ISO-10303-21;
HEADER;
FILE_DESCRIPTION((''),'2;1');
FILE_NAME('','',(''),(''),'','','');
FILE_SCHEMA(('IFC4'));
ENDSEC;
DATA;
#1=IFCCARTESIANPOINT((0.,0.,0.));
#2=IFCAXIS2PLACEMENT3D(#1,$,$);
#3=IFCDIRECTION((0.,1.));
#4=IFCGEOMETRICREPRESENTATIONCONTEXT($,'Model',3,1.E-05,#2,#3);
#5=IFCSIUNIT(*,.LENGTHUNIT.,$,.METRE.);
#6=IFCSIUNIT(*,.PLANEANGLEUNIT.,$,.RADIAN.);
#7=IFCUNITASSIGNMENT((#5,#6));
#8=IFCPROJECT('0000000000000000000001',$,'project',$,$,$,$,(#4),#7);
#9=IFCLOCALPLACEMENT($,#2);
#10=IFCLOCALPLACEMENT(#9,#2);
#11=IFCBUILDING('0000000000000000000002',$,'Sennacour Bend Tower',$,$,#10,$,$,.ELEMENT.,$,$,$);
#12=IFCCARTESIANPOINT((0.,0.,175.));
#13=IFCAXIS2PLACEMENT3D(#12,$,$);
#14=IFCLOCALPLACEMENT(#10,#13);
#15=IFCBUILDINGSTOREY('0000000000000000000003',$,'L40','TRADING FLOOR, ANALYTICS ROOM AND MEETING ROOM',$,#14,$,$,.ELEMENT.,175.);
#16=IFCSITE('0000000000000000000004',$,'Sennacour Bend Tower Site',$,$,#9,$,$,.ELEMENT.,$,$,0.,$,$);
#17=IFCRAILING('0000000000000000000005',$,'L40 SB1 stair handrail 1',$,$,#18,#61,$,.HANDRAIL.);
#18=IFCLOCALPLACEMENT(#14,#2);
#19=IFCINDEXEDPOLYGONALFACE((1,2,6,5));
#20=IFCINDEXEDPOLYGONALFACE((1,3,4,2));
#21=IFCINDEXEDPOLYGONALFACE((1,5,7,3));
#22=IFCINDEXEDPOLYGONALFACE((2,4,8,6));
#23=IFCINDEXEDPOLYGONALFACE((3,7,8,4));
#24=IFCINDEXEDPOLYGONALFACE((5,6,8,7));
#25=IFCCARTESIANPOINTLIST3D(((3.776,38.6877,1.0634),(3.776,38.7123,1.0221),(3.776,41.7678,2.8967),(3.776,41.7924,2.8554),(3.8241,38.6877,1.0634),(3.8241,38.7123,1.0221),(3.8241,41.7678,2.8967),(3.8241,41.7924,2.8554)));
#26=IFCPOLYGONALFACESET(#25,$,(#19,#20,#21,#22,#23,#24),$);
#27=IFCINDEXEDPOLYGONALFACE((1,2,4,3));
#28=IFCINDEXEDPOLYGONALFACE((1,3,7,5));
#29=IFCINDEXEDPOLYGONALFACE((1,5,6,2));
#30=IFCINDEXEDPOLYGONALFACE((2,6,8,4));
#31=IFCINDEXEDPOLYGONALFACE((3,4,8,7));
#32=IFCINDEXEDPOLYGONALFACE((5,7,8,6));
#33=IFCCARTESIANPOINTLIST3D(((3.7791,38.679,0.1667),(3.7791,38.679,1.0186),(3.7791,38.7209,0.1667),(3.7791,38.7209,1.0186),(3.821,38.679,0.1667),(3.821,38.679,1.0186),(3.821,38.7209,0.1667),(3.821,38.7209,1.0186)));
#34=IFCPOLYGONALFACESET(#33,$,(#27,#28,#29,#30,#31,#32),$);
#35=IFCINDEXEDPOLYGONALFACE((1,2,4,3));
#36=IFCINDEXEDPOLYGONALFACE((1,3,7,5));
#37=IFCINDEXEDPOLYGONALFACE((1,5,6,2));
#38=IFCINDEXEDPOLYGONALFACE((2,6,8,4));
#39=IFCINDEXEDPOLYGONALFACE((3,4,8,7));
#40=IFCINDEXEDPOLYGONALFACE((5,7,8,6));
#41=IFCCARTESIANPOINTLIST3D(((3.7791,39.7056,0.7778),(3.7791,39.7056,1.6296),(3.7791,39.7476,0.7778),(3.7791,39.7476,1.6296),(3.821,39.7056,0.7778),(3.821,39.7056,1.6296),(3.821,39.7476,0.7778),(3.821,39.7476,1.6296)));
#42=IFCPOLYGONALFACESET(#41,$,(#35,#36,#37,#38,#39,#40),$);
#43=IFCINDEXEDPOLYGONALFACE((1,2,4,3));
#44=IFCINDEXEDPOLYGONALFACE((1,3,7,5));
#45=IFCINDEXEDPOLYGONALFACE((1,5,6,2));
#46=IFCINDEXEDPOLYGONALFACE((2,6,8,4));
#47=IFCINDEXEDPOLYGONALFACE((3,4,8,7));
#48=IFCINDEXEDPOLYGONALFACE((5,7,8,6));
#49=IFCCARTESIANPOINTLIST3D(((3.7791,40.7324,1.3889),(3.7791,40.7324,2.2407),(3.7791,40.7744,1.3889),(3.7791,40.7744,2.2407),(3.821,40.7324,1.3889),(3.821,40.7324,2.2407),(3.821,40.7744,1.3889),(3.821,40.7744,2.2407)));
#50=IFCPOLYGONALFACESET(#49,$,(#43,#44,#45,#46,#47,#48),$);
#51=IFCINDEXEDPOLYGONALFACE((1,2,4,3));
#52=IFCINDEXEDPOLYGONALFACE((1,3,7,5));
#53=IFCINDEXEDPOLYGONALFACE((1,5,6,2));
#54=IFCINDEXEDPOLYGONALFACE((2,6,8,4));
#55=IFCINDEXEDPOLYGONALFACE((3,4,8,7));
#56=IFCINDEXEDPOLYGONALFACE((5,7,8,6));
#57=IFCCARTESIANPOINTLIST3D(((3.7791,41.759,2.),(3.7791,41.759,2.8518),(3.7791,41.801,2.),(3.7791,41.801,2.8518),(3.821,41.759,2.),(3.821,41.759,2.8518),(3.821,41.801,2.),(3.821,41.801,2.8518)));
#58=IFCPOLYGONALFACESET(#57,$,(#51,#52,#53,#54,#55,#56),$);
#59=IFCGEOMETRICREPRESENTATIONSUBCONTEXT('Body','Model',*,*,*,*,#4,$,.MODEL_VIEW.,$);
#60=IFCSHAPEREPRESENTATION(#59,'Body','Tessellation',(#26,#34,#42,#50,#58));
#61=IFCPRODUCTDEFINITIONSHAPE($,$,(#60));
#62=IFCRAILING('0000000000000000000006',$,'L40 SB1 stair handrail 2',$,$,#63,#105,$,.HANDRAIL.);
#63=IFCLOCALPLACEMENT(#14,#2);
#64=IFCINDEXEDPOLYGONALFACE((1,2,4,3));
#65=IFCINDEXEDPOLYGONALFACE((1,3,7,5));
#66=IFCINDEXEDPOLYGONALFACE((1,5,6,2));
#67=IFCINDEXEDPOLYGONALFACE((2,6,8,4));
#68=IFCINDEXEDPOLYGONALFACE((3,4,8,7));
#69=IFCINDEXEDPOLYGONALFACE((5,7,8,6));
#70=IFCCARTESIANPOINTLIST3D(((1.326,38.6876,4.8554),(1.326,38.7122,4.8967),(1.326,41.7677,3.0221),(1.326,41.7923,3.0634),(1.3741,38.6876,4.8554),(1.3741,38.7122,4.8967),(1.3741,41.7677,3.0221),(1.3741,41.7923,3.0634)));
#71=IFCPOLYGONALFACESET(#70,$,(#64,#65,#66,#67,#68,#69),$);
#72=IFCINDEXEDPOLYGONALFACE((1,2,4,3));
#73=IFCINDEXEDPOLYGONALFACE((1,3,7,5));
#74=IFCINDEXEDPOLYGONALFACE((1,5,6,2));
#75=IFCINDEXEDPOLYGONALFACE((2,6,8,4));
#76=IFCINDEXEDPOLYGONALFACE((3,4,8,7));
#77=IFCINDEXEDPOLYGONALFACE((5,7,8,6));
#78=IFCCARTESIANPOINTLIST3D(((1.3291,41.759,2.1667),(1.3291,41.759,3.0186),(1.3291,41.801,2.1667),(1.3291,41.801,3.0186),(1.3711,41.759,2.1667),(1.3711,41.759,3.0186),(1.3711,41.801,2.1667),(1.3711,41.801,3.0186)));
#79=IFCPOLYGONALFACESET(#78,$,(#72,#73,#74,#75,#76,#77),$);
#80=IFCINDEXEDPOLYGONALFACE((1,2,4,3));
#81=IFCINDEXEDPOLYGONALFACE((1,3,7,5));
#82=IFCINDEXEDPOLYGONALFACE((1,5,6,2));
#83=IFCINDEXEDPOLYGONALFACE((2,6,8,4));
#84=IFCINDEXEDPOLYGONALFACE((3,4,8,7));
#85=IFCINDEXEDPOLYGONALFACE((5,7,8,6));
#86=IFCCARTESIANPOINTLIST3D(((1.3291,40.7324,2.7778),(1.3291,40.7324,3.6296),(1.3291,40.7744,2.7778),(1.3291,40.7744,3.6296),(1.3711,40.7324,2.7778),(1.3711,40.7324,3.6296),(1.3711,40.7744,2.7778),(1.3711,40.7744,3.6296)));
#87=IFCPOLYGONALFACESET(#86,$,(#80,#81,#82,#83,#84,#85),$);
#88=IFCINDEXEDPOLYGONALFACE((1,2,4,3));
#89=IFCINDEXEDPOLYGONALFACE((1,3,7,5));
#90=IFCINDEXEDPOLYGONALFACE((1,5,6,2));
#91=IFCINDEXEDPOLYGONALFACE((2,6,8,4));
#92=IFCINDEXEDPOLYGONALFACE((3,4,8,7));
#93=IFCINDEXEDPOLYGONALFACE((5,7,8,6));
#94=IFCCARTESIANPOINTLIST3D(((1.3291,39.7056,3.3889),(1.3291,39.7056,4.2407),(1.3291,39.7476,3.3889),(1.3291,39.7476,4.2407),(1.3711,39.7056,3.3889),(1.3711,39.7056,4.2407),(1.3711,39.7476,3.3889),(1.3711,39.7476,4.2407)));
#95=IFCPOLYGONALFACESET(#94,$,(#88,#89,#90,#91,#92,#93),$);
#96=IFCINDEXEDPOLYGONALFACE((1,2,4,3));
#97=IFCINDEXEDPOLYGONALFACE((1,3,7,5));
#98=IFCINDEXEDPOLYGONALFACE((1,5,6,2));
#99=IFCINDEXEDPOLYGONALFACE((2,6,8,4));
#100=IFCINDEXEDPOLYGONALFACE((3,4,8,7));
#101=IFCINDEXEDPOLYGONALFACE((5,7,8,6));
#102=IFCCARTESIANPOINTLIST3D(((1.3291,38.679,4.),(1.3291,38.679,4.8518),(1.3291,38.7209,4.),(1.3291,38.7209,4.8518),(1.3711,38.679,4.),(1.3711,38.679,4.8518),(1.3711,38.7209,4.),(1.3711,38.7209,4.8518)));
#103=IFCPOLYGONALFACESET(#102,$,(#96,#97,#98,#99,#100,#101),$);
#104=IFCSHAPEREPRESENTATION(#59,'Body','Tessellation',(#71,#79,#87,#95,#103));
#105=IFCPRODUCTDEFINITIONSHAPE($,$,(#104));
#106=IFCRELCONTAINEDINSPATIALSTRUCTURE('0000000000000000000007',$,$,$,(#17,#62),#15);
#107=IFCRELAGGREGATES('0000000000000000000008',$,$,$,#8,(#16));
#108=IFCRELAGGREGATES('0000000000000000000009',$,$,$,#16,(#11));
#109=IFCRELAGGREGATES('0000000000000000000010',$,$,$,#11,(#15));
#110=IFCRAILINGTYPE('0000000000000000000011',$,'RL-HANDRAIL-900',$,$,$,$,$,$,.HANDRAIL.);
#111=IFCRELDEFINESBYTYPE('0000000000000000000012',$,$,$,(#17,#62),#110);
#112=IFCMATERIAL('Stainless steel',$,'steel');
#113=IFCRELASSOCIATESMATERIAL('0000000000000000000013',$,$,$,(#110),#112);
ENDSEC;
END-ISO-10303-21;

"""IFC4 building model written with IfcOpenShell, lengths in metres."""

from ifc_helpers import new_model, si_unit, direction, frame, origin, origin_2d, place, context, subcontext, project, spatial, rectangle, extrude, material, type_object, element, save


model = new_model("IFC4")

# Units and contexts
model_context = context("Model", 3, precision=1e-05, world=origin(), true_north=direction((0.0, 1.0)))
body_context = subcontext(model_context, "Body", "Model", "MODEL_VIEW")
ifc_project = project(units=[si_unit("LENGTHUNIT", "METRE"), si_unit("PLANEANGLEUNIT", "RADIAN")], contexts=[model_context])

# Site, building, storey
site_placement = place(None, origin())
site = spatial("IfcSite", under=ifc_project, at=site_placement, Name="Sennacour Bend Tower Site", CompositionType="ELEMENT", RefElevation=0.0)
building_placement = place(site_placement, origin())
building = spatial("IfcBuilding", under=site, at=building_placement, Name="Sennacour Bend Tower", CompositionType="ELEMENT")
storey_placement = place(building_placement, frame((0.0, 0.0, 175.0)))
storey = spatial("IfcBuildingStorey", under=building, at=storey_placement, Name="L40", Description="TRADING FLOOR, ANALYTICS ROOM AND MEETING ROOM", CompositionType="ELEMENT", Elevation=175.0)

# Railings
ifc_material_1 = material(Name="Stainless steel", Category="steel")
railing_type_1 = type_object("IfcRailingType", Name="RL-HANDRAIL-900", PredefinedType="HANDRAIL", material=ifc_material_1)
railing_1_placement = place(storey_placement, frame((3.8, 38.7, 0.1667)))
element("IfcRailing", 1, at=railing_1_placement, inside=storey, type_object=railing_type_1, Name="L40 SB1 stair handrail 1", PredefinedType="HANDRAIL", context=body_context, shape_type="SweptSolid", body=[
    extrude(rectangle(XDim=0.0481, YDim=0.0481, at=origin_2d()), frame((0.0, 0.0, 0.876), z_axis=(0.0, 0.859309, 0.511458), x_axis=(-1.0, 0.0, 0.0)), (0.0, 0.0, 1.0), 3.5845),
    extrude(rectangle(XDim=0.042, YDim=0.042, at=origin_2d()), origin(), (0.0, 0.0, 1.0), 0.8518),
    extrude(rectangle(XDim=0.042, YDim=0.042, at=origin_2d()), frame((0.0, 1.0266, 0.6111)), (0.0, 0.0, 1.0), 0.8518),
    extrude(rectangle(XDim=0.042, YDim=0.042, at=origin_2d()), frame((0.0, 2.0535, 1.2222)), (0.0, 0.0, 1.0), 0.8518),
    extrude(rectangle(XDim=0.042, YDim=0.042, at=origin_2d()), frame((0.0, 3.0801, 1.8333)), (0.0, 0.0, 1.0), 0.8518),
])
railing_2_placement = place(storey_placement, frame((1.3501, 41.78, 2.1667)))
element("IfcRailing", 2, at=railing_2_placement, inside=storey, type_object=railing_type_1, Name="L40 SB1 stair handrail 2", PredefinedType="HANDRAIL", context=body_context, shape_type="SweptSolid", body=[
    extrude(rectangle(XDim=0.0481, YDim=0.0481, at=origin_2d()), frame((0.0, 0.0, 0.876), z_axis=(0.0, -0.859309, 0.511458), x_axis=(1.0, 0.0, 0.0)), (0.0, 0.0, 1.0), 3.5845),
    extrude(rectangle(XDim=0.042, YDim=0.042, at=origin_2d()), origin(), (0.0, 0.0, 1.0), 0.8518),
    extrude(rectangle(XDim=0.042, YDim=0.042, at=origin_2d()), frame((0.0, -1.0266, 0.6111)), (0.0, 0.0, 1.0), 0.8518),
    extrude(rectangle(XDim=0.042, YDim=0.042, at=origin_2d()), frame((0.0, -2.0535, 1.2222)), (0.0, 0.0, 1.0), 0.8518),
    extrude(rectangle(XDim=0.042, YDim=0.042, at=origin_2d()), frame((0.0, -3.0801, 1.8333)), (0.0, 0.0, 1.0), 0.8518),
])

save(model, "model.ifc")
